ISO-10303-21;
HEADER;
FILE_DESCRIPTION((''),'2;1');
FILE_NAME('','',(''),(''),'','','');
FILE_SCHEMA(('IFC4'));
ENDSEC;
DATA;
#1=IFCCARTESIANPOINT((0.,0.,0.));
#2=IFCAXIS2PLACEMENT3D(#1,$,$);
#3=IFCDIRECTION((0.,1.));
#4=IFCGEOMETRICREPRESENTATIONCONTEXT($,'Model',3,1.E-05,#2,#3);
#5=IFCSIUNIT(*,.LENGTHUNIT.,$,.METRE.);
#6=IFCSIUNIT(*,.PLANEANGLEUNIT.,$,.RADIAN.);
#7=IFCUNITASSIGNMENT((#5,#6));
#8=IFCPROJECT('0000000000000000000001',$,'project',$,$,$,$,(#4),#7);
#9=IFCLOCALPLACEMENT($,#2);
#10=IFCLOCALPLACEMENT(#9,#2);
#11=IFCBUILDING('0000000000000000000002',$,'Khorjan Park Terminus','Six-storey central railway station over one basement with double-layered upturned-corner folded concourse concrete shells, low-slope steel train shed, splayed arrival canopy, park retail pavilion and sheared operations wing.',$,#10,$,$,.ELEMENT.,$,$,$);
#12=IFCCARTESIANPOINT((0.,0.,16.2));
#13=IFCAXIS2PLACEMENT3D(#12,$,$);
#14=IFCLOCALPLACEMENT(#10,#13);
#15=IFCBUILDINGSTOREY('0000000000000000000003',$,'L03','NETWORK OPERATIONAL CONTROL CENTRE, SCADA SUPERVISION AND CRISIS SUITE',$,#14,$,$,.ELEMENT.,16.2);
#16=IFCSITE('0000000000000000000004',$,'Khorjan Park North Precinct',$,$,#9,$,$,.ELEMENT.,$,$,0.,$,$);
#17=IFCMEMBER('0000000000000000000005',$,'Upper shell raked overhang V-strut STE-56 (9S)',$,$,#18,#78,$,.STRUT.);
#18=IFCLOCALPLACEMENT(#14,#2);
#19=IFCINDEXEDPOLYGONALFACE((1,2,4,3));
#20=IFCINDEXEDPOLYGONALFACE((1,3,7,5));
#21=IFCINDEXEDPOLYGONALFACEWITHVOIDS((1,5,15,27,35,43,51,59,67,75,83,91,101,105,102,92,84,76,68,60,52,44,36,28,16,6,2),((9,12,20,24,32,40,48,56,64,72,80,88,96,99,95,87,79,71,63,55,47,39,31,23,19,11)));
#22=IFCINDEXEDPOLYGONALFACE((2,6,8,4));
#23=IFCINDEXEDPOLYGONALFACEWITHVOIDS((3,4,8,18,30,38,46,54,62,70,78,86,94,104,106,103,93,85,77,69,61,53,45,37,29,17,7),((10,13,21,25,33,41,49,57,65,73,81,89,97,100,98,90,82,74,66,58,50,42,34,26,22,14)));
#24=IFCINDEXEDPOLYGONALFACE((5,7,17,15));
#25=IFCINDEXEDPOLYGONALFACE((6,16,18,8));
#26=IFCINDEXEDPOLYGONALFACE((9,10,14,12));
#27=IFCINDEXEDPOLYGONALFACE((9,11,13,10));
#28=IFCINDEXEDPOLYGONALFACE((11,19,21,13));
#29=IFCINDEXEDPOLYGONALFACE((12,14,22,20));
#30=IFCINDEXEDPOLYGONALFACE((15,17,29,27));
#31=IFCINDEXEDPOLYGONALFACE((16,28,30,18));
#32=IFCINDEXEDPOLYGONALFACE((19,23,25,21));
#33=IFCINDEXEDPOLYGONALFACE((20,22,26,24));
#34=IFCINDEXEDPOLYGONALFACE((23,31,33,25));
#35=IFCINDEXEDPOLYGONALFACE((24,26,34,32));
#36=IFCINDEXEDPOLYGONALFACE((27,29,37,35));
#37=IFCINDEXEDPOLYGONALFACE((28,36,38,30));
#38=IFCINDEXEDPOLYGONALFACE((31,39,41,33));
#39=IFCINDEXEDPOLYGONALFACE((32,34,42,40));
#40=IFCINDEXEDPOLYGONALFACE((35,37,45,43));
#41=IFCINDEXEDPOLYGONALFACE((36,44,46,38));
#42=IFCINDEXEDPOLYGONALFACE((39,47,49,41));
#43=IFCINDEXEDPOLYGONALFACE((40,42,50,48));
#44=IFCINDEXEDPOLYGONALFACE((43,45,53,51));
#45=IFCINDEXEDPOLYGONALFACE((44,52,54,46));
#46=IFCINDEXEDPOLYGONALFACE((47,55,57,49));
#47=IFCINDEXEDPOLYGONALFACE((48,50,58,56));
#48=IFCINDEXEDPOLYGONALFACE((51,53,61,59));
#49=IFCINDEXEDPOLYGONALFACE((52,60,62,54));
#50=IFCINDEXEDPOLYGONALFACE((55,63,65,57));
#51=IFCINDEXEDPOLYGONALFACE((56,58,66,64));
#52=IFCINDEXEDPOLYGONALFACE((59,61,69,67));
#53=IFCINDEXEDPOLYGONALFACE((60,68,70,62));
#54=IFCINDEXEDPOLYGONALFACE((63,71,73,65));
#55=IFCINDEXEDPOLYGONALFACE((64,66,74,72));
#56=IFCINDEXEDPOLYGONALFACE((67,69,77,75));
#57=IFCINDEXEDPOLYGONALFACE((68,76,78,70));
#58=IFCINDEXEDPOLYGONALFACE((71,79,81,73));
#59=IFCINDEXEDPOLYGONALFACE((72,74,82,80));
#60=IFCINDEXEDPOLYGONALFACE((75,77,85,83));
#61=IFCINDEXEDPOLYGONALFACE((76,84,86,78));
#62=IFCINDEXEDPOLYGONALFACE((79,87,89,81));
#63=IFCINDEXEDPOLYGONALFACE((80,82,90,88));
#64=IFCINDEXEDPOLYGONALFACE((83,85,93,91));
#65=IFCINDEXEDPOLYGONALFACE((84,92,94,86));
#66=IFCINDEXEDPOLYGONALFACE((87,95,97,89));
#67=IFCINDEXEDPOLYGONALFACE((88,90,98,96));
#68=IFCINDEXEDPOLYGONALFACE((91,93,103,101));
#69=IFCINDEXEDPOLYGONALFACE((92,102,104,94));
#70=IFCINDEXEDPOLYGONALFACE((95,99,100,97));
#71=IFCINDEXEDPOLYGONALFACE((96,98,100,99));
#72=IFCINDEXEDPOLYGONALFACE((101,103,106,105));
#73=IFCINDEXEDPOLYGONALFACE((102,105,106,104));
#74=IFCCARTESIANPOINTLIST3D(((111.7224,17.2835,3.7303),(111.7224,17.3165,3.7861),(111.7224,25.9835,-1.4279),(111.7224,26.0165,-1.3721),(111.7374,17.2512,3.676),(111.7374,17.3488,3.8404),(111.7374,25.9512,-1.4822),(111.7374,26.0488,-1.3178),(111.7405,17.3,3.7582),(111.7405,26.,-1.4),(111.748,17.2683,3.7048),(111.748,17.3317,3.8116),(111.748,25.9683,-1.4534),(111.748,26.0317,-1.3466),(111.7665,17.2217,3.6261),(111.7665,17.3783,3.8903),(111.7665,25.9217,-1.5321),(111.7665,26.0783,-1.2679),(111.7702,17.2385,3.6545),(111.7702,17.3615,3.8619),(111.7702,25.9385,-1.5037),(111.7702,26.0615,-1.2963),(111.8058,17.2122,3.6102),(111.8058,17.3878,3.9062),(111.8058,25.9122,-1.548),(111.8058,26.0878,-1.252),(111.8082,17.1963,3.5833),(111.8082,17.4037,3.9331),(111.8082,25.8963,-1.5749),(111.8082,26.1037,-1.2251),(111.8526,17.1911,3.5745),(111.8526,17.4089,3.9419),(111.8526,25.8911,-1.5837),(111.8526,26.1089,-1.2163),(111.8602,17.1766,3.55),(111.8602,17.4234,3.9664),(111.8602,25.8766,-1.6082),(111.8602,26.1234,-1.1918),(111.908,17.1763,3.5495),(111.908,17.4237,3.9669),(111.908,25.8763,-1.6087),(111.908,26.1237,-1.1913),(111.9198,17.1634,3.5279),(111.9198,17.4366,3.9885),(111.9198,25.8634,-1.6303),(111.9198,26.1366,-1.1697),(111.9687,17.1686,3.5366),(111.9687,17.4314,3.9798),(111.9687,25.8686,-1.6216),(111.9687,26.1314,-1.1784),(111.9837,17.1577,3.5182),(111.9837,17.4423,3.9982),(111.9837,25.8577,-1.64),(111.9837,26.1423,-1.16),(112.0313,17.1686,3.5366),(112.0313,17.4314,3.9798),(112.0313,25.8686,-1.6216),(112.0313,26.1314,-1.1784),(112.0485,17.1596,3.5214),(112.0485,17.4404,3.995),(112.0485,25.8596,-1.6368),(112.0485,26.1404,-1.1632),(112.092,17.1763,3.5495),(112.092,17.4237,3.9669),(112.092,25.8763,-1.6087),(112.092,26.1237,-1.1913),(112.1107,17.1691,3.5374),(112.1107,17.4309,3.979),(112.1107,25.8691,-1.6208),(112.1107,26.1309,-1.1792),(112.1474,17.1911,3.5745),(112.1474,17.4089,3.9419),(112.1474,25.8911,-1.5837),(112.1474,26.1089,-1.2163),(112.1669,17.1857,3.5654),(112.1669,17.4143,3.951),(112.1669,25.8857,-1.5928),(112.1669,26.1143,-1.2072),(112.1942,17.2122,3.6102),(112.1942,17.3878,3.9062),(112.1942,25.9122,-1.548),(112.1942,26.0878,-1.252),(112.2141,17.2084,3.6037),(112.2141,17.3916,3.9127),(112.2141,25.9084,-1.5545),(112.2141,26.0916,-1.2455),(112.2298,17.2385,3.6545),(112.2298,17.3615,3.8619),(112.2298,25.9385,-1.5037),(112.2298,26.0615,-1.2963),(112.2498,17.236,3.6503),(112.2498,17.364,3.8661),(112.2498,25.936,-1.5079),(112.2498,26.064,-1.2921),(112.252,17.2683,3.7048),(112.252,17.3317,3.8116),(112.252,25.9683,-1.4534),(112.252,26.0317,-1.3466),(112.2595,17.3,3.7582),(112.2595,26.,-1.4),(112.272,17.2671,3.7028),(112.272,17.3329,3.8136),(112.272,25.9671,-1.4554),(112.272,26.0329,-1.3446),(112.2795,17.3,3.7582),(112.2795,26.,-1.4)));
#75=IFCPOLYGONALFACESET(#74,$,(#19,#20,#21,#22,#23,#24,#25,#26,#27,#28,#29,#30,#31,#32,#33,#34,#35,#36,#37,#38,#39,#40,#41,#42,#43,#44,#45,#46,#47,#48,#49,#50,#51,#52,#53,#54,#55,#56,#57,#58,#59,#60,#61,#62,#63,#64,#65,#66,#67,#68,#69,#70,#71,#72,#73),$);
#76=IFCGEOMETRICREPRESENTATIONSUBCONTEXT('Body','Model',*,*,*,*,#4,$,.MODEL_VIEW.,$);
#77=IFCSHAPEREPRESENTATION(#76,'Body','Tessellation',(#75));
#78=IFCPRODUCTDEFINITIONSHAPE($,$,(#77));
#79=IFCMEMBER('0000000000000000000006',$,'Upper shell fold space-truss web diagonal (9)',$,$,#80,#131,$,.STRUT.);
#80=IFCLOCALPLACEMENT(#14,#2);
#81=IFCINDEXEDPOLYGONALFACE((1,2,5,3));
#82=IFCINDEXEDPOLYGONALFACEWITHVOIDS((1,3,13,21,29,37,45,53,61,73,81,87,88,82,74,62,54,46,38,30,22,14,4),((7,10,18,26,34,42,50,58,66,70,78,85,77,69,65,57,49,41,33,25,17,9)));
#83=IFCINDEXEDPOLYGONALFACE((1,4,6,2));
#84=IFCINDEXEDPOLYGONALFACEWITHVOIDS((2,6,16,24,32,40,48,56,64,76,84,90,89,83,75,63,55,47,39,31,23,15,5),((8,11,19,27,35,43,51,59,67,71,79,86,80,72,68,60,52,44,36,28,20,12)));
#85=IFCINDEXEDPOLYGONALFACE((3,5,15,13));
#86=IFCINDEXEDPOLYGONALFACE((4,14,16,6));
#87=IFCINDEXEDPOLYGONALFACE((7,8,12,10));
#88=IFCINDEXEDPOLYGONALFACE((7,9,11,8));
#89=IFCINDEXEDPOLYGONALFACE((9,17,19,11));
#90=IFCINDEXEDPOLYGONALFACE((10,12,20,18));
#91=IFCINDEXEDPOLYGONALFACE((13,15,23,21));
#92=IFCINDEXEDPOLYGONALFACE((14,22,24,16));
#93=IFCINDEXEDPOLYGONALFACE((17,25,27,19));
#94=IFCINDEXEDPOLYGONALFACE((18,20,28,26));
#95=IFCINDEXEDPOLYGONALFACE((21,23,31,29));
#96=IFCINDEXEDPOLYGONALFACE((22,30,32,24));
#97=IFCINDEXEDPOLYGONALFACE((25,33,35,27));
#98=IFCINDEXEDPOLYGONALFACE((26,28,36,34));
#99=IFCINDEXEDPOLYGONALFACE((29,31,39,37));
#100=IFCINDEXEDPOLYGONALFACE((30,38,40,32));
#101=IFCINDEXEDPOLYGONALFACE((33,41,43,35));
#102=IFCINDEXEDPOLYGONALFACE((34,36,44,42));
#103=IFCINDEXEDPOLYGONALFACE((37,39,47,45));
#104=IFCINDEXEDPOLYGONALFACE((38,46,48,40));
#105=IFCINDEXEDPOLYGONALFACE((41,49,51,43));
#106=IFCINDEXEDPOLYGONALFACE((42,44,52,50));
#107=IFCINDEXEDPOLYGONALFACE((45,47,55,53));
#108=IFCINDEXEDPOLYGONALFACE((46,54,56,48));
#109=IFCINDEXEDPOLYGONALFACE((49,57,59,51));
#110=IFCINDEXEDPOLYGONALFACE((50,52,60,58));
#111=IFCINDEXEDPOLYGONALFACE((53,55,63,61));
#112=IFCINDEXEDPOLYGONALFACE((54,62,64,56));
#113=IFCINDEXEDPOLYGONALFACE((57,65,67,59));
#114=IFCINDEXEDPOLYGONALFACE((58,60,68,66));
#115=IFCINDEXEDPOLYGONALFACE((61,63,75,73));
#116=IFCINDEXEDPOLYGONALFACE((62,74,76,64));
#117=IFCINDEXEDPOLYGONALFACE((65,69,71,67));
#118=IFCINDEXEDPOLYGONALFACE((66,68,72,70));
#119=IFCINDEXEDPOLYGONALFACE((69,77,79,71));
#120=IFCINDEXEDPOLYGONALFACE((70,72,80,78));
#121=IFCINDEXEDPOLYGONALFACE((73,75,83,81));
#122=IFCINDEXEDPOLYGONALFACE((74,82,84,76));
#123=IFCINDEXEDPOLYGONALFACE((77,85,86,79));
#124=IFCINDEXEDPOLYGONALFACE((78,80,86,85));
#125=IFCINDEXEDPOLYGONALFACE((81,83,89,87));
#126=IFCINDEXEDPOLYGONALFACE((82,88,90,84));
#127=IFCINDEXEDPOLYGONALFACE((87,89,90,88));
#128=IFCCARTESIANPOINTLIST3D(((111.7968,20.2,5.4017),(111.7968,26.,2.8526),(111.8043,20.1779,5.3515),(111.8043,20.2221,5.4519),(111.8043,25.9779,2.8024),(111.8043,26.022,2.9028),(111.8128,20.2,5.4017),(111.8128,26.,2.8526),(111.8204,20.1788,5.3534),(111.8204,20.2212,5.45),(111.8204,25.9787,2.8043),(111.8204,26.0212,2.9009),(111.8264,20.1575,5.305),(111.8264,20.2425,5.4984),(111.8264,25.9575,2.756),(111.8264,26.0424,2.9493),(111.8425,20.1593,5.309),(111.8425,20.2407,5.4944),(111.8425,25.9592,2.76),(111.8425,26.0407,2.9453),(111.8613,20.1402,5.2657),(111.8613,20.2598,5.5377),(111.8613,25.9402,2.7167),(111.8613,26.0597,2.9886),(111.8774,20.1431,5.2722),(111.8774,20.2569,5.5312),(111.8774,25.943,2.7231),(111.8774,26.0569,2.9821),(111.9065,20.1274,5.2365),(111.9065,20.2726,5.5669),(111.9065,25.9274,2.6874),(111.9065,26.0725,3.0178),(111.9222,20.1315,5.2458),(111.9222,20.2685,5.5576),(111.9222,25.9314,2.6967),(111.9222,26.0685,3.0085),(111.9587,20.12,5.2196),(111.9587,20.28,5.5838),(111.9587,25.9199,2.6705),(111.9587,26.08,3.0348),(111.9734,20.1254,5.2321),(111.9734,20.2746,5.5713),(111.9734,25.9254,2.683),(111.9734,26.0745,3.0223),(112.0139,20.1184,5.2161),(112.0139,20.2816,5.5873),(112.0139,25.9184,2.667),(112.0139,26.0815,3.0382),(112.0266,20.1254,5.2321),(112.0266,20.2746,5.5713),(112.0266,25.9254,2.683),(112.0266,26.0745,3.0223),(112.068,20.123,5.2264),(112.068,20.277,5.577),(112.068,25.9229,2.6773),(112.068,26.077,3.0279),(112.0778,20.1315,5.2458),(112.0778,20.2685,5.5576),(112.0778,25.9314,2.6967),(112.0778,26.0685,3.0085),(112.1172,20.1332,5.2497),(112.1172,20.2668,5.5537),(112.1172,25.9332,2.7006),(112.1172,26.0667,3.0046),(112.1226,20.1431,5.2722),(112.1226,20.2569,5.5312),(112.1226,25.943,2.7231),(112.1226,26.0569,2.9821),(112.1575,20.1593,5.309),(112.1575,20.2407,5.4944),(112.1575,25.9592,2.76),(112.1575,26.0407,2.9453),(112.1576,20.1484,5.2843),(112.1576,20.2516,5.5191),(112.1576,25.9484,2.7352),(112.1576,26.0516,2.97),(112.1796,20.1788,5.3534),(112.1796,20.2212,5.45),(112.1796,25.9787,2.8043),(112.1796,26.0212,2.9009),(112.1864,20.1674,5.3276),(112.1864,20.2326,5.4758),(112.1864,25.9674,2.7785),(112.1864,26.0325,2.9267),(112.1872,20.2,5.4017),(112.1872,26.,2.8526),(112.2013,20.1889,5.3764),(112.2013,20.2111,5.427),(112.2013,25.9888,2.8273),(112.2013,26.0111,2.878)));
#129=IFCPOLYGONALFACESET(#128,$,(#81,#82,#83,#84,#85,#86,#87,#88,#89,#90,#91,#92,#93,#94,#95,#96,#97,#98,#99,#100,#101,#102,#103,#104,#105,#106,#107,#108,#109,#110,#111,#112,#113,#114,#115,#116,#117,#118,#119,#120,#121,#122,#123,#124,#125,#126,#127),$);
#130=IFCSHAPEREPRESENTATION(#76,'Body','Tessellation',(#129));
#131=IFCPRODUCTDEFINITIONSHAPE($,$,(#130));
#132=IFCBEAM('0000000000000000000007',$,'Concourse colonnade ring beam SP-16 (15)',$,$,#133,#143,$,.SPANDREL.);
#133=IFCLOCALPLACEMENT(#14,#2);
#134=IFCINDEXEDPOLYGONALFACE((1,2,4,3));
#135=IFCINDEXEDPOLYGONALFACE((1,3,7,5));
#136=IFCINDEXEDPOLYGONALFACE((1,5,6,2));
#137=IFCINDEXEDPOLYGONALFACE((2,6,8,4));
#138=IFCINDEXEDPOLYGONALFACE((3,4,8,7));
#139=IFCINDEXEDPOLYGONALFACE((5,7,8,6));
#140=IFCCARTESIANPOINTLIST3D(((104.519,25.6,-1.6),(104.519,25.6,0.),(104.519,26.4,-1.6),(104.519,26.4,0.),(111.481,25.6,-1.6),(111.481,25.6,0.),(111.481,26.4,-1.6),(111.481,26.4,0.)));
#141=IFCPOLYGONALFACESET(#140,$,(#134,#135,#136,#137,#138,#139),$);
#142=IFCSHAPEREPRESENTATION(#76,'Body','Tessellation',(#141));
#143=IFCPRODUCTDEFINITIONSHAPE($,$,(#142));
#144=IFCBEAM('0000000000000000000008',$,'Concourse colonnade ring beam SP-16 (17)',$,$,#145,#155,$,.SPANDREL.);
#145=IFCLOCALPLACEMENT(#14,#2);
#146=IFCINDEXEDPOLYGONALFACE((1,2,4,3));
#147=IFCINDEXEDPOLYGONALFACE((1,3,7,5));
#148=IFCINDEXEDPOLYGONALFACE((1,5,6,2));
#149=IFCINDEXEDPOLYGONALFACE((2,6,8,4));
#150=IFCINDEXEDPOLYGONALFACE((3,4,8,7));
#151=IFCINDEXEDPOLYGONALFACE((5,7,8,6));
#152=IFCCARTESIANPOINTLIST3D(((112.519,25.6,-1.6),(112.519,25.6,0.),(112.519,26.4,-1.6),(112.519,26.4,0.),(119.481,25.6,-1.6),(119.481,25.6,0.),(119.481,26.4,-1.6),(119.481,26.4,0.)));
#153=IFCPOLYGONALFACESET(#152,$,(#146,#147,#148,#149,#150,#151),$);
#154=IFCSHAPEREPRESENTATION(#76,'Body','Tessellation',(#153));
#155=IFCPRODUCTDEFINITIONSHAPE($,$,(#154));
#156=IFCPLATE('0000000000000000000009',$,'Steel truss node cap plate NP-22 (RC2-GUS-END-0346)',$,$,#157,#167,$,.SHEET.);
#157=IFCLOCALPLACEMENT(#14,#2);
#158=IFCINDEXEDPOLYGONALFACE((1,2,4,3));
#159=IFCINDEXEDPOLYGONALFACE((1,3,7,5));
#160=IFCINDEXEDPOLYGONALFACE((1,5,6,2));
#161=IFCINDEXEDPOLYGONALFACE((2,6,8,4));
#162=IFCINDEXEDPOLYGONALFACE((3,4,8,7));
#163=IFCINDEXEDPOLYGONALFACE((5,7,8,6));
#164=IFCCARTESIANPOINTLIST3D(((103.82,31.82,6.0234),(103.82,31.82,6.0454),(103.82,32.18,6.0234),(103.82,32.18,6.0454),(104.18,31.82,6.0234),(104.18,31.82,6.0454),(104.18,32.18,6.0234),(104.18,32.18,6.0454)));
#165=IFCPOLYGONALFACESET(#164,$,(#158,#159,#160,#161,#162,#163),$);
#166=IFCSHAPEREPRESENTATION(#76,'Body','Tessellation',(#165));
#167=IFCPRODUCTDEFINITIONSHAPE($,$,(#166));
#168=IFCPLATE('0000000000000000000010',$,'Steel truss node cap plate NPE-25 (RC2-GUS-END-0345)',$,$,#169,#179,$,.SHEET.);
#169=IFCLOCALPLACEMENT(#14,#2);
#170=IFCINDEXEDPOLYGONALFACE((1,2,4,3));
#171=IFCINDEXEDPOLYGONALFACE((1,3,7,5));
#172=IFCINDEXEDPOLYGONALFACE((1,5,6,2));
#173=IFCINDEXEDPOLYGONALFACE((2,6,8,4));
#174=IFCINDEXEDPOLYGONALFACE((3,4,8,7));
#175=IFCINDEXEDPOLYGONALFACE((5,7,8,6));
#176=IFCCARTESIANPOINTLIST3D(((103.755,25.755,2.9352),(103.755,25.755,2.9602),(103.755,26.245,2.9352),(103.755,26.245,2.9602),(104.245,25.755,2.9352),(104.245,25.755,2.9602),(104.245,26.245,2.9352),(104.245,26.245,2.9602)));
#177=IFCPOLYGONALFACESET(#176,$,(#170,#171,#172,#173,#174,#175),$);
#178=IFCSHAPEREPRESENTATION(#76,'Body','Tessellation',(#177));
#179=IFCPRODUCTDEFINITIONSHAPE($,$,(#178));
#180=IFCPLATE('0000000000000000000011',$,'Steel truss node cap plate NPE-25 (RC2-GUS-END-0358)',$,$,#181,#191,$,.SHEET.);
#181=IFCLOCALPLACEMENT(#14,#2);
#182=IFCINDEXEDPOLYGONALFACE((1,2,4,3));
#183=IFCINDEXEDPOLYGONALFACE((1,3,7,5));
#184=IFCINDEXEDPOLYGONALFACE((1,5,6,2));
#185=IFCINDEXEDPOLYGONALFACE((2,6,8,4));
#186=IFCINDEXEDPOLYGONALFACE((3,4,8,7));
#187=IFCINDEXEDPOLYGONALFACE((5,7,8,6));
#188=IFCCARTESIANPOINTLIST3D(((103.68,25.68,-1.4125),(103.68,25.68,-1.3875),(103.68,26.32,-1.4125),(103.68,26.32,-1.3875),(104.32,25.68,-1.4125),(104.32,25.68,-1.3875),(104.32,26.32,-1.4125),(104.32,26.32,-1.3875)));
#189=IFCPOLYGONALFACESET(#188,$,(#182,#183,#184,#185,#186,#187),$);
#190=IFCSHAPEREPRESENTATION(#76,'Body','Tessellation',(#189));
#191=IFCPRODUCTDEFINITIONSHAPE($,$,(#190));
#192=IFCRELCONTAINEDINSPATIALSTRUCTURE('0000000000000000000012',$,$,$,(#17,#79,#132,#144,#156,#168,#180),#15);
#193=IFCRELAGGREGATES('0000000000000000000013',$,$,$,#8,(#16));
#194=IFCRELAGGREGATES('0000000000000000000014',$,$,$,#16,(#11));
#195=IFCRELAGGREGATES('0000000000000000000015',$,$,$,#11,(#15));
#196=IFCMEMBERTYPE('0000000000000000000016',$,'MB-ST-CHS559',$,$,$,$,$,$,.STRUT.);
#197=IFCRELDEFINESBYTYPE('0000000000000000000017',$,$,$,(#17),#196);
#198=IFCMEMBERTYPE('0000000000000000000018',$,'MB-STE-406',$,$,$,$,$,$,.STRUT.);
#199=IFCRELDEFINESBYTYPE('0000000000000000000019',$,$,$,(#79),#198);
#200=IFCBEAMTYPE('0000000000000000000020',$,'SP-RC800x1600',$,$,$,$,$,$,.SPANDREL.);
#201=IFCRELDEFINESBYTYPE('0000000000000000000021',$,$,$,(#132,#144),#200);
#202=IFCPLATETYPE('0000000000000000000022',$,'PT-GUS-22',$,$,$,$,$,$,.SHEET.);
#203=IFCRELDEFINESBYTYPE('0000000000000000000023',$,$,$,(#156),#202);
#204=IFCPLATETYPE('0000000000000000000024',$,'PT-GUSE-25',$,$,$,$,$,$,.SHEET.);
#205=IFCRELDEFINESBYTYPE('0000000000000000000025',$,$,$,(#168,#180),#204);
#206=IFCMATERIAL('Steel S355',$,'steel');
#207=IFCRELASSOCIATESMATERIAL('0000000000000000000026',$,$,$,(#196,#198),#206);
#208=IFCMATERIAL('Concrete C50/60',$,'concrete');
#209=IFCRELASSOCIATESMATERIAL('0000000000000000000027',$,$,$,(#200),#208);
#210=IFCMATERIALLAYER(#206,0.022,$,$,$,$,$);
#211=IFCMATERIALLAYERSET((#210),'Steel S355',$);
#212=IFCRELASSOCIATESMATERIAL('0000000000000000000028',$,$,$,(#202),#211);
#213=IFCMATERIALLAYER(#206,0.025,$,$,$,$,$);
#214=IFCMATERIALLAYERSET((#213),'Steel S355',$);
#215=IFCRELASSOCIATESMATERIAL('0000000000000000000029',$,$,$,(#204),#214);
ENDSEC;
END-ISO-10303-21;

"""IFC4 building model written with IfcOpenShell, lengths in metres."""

from ifc_helpers import new_model, si_unit, direction, frame, origin, origin_2d, place, context, subcontext, project, spatial, rectangle, hollow_circle, extrude, material, layer, layer_set, material_profile, profile_set, type_object, element, save


model = new_model("IFC4")

# Units and contexts
model_context = context("Model", 3, precision=1e-05, world=origin(), true_north=direction((0.0, 1.0)))
body_context = subcontext(model_context, "Body", "Model", "MODEL_VIEW")
ifc_project = project(units=[si_unit("LENGTHUNIT", "METRE"), si_unit("PLANEANGLEUNIT", "RADIAN")], contexts=[model_context])

# Site, building, storey
site_placement = place(None, origin())
site = spatial("IfcSite", under=ifc_project, at=site_placement, Name="Khorjan Park North Precinct", CompositionType="ELEMENT", RefElevation=0.0)
building_placement = place(site_placement, origin())
building = spatial("IfcBuilding", under=site, at=building_placement, Name="Khorjan Park Terminus", Description="Six-storey central railway station over one basement with double-layered upturned-corner folded concourse concrete shells, low-slope steel train shed, splayed arrival canopy, park retail pavilion and sheared operations wing.", CompositionType="ELEMENT")
storey_placement = place(building_placement, frame((0.0, 0.0, 16.2)))
storey = spatial("IfcBuildingStorey", under=building, at=storey_placement, Name="L03", Description="NETWORK OPERATIONAL CONTROL CENTRE, SCADA SUPERVISION AND CRISIS SUITE", CompositionType="ELEMENT", Elevation=16.2)

# Shared definitions
ifc_material_1 = material(Name="Concrete C50/60", Category="concrete")

# Members
ifc_material_2 = material(Name="Steel S355", Category="steel")
ifc_material_profile_1 = material_profile(ifc_material_2, hollow_circle(Radius=0.2795, WallThickness=0.02, at=origin_2d()), Name="CHS 559x20")
ifc_profile_set_1 = profile_set([ifc_material_profile_1], Name="Steel S355")
member_type_1 = type_object("IfcMemberType", Name="MB-ST-CHS559", PredefinedType="STRUT", material=ifc_profile_set_1)
member_1_placement = place(storey_placement, frame((112.0, 26.0, -1.4), z_axis=(0.0, -0.860177, 0.509996), x_axis=(1.0, 0.0, 0.0)))
element("IfcMember", 1, at=member_1_placement, inside=storey, type_object=member_type_1, Name="Upper shell raked overhang V-strut STE-56 (9S)", PredefinedType="STRUT", context=body_context, shape_type="SweptSolid", body=[
    extrude(hollow_circle(Radius=0.2795, WallThickness=0.02, at=origin_2d()), origin(), (0.0, 0.0, 1.0), 10.1142),
])
ifc_material_profile_2 = material_profile(ifc_material_2, hollow_circle(Radius=0.2032, WallThickness=0.016, at=origin_2d()), Name="CHS 406.4x16")
ifc_profile_set_2 = profile_set([ifc_material_profile_2], Name="Steel S355")
member_type_2 = type_object("IfcMemberType", Name="MB-STE-406", PredefinedType="STRUT", material=ifc_profile_set_2)
member_2_placement = place(storey_placement, frame((112.0, 20.2, 5.4017), z_axis=(0.0, 0.915484, -0.402355), x_axis=(-1.0, 0.0, 0.0)))
element("IfcMember", 2, at=member_2_placement, inside=storey, type_object=member_type_2, Name="Upper shell fold space-truss web diagonal (9)", PredefinedType="STRUT", context=body_context, shape_type="SweptSolid", body=[
    extrude(hollow_circle(Radius=0.2032, WallThickness=0.016, at=origin_2d()), origin(), (0.0, 0.0, 1.0), 6.3354),
])

# Beams
ifc_material_profile_3 = material_profile(ifc_material_1, rectangle(XDim=0.8, YDim=1.6, at=origin_2d()), Name="RC 800x1600")
ifc_profile_set_3 = profile_set([ifc_material_profile_3], Name="Concrete C50/60")
beam_type = type_object("IfcBeamType", Name="SP-RC800x1600", PredefinedType="SPANDREL", material=ifc_profile_set_3)
for number, where, z_axis, x_axis, name in (
    (3, (104.519, 26.0, -0.8), (1.0, 0.0, 0.0), (0.0, 1.0, 0.0), "Concourse colonnade ring beam SP-16 (15)"),
    (4, (112.519, 26.0, -0.8), (1.0, 0.0, 0.0), (0.0, 1.0, 0.0), "Concourse colonnade ring beam SP-16 (17)"),
):
    element("IfcBeam", number, at=place(storey_placement, frame(where, z_axis=z_axis, x_axis=x_axis)), inside=storey, type_object=beam_type, Name=name, PredefinedType="SPANDREL", context=body_context, shape_type="SweptSolid", body=[
        extrude(rectangle(XDim=0.8, YDim=1.6, at=origin_2d()), origin(), (0.0, 0.0, 1.0), 6.962),
    ])

# Plates
ifc_layer_1 = layer(ifc_material_2, 0.022)
ifc_layer_set_1 = layer_set([ifc_layer_1], Name="Steel S355")
plate_type_1 = type_object("IfcPlateType", Name="PT-GUS-22", PredefinedType="SHEET", material=ifc_layer_set_1)
plate_1_placement = place(storey_placement, frame((104.0, 32.0, 6.0234), z_axis=(0.0, 0.0, 1.0), x_axis=(1.0, 0.0, 0.0)))
element("IfcPlate", 5, at=plate_1_placement, inside=storey, type_object=plate_type_1, Name="Steel truss node cap plate NP-22 (RC2-GUS-END-0346)", PredefinedType="SHEET", context=body_context, shape_type="SweptSolid", body=[
    extrude(rectangle(XDim=0.36, YDim=0.36, at=origin_2d()), origin(), (0.0, 0.0, 1.0), 0.022),
])
ifc_layer_2 = layer(ifc_material_2, 0.025)
ifc_layer_set_2 = layer_set([ifc_layer_2], Name="Steel S355")
plate_type_2 = type_object("IfcPlateType", Name="PT-GUSE-25", PredefinedType="SHEET", material=ifc_layer_set_2)
plate_2_placement = place(storey_placement, frame((104.0, 26.0, 2.9352), z_axis=(0.0, 0.0, 1.0), x_axis=(1.0, 0.0, 0.0)))
element("IfcPlate", 6, at=plate_2_placement, inside=storey, type_object=plate_type_2, Name="Steel truss node cap plate NPE-25 (RC2-GUS-END-0345)", PredefinedType="SHEET", context=body_context, shape_type="SweptSolid", body=[
    extrude(rectangle(XDim=0.49, YDim=0.49, at=origin_2d()), origin(), (0.0, 0.0, 1.0), 0.025),
])
plate_3_placement = place(storey_placement, frame((104.0, 26.0, -1.4125), z_axis=(0.0, 0.0, 1.0), x_axis=(1.0, 0.0, 0.0)))
element("IfcPlate", 7, at=plate_3_placement, inside=storey, type_object=plate_type_2, Name="Steel truss node cap plate NPE-25 (RC2-GUS-END-0358)", PredefinedType="SHEET", context=body_context, shape_type="SweptSolid", body=[
    extrude(rectangle(XDim=0.64, YDim=0.64, at=origin_2d()), origin(), (0.0, 0.0, 1.0), 0.025),
])

save(model, "model.ifc")
